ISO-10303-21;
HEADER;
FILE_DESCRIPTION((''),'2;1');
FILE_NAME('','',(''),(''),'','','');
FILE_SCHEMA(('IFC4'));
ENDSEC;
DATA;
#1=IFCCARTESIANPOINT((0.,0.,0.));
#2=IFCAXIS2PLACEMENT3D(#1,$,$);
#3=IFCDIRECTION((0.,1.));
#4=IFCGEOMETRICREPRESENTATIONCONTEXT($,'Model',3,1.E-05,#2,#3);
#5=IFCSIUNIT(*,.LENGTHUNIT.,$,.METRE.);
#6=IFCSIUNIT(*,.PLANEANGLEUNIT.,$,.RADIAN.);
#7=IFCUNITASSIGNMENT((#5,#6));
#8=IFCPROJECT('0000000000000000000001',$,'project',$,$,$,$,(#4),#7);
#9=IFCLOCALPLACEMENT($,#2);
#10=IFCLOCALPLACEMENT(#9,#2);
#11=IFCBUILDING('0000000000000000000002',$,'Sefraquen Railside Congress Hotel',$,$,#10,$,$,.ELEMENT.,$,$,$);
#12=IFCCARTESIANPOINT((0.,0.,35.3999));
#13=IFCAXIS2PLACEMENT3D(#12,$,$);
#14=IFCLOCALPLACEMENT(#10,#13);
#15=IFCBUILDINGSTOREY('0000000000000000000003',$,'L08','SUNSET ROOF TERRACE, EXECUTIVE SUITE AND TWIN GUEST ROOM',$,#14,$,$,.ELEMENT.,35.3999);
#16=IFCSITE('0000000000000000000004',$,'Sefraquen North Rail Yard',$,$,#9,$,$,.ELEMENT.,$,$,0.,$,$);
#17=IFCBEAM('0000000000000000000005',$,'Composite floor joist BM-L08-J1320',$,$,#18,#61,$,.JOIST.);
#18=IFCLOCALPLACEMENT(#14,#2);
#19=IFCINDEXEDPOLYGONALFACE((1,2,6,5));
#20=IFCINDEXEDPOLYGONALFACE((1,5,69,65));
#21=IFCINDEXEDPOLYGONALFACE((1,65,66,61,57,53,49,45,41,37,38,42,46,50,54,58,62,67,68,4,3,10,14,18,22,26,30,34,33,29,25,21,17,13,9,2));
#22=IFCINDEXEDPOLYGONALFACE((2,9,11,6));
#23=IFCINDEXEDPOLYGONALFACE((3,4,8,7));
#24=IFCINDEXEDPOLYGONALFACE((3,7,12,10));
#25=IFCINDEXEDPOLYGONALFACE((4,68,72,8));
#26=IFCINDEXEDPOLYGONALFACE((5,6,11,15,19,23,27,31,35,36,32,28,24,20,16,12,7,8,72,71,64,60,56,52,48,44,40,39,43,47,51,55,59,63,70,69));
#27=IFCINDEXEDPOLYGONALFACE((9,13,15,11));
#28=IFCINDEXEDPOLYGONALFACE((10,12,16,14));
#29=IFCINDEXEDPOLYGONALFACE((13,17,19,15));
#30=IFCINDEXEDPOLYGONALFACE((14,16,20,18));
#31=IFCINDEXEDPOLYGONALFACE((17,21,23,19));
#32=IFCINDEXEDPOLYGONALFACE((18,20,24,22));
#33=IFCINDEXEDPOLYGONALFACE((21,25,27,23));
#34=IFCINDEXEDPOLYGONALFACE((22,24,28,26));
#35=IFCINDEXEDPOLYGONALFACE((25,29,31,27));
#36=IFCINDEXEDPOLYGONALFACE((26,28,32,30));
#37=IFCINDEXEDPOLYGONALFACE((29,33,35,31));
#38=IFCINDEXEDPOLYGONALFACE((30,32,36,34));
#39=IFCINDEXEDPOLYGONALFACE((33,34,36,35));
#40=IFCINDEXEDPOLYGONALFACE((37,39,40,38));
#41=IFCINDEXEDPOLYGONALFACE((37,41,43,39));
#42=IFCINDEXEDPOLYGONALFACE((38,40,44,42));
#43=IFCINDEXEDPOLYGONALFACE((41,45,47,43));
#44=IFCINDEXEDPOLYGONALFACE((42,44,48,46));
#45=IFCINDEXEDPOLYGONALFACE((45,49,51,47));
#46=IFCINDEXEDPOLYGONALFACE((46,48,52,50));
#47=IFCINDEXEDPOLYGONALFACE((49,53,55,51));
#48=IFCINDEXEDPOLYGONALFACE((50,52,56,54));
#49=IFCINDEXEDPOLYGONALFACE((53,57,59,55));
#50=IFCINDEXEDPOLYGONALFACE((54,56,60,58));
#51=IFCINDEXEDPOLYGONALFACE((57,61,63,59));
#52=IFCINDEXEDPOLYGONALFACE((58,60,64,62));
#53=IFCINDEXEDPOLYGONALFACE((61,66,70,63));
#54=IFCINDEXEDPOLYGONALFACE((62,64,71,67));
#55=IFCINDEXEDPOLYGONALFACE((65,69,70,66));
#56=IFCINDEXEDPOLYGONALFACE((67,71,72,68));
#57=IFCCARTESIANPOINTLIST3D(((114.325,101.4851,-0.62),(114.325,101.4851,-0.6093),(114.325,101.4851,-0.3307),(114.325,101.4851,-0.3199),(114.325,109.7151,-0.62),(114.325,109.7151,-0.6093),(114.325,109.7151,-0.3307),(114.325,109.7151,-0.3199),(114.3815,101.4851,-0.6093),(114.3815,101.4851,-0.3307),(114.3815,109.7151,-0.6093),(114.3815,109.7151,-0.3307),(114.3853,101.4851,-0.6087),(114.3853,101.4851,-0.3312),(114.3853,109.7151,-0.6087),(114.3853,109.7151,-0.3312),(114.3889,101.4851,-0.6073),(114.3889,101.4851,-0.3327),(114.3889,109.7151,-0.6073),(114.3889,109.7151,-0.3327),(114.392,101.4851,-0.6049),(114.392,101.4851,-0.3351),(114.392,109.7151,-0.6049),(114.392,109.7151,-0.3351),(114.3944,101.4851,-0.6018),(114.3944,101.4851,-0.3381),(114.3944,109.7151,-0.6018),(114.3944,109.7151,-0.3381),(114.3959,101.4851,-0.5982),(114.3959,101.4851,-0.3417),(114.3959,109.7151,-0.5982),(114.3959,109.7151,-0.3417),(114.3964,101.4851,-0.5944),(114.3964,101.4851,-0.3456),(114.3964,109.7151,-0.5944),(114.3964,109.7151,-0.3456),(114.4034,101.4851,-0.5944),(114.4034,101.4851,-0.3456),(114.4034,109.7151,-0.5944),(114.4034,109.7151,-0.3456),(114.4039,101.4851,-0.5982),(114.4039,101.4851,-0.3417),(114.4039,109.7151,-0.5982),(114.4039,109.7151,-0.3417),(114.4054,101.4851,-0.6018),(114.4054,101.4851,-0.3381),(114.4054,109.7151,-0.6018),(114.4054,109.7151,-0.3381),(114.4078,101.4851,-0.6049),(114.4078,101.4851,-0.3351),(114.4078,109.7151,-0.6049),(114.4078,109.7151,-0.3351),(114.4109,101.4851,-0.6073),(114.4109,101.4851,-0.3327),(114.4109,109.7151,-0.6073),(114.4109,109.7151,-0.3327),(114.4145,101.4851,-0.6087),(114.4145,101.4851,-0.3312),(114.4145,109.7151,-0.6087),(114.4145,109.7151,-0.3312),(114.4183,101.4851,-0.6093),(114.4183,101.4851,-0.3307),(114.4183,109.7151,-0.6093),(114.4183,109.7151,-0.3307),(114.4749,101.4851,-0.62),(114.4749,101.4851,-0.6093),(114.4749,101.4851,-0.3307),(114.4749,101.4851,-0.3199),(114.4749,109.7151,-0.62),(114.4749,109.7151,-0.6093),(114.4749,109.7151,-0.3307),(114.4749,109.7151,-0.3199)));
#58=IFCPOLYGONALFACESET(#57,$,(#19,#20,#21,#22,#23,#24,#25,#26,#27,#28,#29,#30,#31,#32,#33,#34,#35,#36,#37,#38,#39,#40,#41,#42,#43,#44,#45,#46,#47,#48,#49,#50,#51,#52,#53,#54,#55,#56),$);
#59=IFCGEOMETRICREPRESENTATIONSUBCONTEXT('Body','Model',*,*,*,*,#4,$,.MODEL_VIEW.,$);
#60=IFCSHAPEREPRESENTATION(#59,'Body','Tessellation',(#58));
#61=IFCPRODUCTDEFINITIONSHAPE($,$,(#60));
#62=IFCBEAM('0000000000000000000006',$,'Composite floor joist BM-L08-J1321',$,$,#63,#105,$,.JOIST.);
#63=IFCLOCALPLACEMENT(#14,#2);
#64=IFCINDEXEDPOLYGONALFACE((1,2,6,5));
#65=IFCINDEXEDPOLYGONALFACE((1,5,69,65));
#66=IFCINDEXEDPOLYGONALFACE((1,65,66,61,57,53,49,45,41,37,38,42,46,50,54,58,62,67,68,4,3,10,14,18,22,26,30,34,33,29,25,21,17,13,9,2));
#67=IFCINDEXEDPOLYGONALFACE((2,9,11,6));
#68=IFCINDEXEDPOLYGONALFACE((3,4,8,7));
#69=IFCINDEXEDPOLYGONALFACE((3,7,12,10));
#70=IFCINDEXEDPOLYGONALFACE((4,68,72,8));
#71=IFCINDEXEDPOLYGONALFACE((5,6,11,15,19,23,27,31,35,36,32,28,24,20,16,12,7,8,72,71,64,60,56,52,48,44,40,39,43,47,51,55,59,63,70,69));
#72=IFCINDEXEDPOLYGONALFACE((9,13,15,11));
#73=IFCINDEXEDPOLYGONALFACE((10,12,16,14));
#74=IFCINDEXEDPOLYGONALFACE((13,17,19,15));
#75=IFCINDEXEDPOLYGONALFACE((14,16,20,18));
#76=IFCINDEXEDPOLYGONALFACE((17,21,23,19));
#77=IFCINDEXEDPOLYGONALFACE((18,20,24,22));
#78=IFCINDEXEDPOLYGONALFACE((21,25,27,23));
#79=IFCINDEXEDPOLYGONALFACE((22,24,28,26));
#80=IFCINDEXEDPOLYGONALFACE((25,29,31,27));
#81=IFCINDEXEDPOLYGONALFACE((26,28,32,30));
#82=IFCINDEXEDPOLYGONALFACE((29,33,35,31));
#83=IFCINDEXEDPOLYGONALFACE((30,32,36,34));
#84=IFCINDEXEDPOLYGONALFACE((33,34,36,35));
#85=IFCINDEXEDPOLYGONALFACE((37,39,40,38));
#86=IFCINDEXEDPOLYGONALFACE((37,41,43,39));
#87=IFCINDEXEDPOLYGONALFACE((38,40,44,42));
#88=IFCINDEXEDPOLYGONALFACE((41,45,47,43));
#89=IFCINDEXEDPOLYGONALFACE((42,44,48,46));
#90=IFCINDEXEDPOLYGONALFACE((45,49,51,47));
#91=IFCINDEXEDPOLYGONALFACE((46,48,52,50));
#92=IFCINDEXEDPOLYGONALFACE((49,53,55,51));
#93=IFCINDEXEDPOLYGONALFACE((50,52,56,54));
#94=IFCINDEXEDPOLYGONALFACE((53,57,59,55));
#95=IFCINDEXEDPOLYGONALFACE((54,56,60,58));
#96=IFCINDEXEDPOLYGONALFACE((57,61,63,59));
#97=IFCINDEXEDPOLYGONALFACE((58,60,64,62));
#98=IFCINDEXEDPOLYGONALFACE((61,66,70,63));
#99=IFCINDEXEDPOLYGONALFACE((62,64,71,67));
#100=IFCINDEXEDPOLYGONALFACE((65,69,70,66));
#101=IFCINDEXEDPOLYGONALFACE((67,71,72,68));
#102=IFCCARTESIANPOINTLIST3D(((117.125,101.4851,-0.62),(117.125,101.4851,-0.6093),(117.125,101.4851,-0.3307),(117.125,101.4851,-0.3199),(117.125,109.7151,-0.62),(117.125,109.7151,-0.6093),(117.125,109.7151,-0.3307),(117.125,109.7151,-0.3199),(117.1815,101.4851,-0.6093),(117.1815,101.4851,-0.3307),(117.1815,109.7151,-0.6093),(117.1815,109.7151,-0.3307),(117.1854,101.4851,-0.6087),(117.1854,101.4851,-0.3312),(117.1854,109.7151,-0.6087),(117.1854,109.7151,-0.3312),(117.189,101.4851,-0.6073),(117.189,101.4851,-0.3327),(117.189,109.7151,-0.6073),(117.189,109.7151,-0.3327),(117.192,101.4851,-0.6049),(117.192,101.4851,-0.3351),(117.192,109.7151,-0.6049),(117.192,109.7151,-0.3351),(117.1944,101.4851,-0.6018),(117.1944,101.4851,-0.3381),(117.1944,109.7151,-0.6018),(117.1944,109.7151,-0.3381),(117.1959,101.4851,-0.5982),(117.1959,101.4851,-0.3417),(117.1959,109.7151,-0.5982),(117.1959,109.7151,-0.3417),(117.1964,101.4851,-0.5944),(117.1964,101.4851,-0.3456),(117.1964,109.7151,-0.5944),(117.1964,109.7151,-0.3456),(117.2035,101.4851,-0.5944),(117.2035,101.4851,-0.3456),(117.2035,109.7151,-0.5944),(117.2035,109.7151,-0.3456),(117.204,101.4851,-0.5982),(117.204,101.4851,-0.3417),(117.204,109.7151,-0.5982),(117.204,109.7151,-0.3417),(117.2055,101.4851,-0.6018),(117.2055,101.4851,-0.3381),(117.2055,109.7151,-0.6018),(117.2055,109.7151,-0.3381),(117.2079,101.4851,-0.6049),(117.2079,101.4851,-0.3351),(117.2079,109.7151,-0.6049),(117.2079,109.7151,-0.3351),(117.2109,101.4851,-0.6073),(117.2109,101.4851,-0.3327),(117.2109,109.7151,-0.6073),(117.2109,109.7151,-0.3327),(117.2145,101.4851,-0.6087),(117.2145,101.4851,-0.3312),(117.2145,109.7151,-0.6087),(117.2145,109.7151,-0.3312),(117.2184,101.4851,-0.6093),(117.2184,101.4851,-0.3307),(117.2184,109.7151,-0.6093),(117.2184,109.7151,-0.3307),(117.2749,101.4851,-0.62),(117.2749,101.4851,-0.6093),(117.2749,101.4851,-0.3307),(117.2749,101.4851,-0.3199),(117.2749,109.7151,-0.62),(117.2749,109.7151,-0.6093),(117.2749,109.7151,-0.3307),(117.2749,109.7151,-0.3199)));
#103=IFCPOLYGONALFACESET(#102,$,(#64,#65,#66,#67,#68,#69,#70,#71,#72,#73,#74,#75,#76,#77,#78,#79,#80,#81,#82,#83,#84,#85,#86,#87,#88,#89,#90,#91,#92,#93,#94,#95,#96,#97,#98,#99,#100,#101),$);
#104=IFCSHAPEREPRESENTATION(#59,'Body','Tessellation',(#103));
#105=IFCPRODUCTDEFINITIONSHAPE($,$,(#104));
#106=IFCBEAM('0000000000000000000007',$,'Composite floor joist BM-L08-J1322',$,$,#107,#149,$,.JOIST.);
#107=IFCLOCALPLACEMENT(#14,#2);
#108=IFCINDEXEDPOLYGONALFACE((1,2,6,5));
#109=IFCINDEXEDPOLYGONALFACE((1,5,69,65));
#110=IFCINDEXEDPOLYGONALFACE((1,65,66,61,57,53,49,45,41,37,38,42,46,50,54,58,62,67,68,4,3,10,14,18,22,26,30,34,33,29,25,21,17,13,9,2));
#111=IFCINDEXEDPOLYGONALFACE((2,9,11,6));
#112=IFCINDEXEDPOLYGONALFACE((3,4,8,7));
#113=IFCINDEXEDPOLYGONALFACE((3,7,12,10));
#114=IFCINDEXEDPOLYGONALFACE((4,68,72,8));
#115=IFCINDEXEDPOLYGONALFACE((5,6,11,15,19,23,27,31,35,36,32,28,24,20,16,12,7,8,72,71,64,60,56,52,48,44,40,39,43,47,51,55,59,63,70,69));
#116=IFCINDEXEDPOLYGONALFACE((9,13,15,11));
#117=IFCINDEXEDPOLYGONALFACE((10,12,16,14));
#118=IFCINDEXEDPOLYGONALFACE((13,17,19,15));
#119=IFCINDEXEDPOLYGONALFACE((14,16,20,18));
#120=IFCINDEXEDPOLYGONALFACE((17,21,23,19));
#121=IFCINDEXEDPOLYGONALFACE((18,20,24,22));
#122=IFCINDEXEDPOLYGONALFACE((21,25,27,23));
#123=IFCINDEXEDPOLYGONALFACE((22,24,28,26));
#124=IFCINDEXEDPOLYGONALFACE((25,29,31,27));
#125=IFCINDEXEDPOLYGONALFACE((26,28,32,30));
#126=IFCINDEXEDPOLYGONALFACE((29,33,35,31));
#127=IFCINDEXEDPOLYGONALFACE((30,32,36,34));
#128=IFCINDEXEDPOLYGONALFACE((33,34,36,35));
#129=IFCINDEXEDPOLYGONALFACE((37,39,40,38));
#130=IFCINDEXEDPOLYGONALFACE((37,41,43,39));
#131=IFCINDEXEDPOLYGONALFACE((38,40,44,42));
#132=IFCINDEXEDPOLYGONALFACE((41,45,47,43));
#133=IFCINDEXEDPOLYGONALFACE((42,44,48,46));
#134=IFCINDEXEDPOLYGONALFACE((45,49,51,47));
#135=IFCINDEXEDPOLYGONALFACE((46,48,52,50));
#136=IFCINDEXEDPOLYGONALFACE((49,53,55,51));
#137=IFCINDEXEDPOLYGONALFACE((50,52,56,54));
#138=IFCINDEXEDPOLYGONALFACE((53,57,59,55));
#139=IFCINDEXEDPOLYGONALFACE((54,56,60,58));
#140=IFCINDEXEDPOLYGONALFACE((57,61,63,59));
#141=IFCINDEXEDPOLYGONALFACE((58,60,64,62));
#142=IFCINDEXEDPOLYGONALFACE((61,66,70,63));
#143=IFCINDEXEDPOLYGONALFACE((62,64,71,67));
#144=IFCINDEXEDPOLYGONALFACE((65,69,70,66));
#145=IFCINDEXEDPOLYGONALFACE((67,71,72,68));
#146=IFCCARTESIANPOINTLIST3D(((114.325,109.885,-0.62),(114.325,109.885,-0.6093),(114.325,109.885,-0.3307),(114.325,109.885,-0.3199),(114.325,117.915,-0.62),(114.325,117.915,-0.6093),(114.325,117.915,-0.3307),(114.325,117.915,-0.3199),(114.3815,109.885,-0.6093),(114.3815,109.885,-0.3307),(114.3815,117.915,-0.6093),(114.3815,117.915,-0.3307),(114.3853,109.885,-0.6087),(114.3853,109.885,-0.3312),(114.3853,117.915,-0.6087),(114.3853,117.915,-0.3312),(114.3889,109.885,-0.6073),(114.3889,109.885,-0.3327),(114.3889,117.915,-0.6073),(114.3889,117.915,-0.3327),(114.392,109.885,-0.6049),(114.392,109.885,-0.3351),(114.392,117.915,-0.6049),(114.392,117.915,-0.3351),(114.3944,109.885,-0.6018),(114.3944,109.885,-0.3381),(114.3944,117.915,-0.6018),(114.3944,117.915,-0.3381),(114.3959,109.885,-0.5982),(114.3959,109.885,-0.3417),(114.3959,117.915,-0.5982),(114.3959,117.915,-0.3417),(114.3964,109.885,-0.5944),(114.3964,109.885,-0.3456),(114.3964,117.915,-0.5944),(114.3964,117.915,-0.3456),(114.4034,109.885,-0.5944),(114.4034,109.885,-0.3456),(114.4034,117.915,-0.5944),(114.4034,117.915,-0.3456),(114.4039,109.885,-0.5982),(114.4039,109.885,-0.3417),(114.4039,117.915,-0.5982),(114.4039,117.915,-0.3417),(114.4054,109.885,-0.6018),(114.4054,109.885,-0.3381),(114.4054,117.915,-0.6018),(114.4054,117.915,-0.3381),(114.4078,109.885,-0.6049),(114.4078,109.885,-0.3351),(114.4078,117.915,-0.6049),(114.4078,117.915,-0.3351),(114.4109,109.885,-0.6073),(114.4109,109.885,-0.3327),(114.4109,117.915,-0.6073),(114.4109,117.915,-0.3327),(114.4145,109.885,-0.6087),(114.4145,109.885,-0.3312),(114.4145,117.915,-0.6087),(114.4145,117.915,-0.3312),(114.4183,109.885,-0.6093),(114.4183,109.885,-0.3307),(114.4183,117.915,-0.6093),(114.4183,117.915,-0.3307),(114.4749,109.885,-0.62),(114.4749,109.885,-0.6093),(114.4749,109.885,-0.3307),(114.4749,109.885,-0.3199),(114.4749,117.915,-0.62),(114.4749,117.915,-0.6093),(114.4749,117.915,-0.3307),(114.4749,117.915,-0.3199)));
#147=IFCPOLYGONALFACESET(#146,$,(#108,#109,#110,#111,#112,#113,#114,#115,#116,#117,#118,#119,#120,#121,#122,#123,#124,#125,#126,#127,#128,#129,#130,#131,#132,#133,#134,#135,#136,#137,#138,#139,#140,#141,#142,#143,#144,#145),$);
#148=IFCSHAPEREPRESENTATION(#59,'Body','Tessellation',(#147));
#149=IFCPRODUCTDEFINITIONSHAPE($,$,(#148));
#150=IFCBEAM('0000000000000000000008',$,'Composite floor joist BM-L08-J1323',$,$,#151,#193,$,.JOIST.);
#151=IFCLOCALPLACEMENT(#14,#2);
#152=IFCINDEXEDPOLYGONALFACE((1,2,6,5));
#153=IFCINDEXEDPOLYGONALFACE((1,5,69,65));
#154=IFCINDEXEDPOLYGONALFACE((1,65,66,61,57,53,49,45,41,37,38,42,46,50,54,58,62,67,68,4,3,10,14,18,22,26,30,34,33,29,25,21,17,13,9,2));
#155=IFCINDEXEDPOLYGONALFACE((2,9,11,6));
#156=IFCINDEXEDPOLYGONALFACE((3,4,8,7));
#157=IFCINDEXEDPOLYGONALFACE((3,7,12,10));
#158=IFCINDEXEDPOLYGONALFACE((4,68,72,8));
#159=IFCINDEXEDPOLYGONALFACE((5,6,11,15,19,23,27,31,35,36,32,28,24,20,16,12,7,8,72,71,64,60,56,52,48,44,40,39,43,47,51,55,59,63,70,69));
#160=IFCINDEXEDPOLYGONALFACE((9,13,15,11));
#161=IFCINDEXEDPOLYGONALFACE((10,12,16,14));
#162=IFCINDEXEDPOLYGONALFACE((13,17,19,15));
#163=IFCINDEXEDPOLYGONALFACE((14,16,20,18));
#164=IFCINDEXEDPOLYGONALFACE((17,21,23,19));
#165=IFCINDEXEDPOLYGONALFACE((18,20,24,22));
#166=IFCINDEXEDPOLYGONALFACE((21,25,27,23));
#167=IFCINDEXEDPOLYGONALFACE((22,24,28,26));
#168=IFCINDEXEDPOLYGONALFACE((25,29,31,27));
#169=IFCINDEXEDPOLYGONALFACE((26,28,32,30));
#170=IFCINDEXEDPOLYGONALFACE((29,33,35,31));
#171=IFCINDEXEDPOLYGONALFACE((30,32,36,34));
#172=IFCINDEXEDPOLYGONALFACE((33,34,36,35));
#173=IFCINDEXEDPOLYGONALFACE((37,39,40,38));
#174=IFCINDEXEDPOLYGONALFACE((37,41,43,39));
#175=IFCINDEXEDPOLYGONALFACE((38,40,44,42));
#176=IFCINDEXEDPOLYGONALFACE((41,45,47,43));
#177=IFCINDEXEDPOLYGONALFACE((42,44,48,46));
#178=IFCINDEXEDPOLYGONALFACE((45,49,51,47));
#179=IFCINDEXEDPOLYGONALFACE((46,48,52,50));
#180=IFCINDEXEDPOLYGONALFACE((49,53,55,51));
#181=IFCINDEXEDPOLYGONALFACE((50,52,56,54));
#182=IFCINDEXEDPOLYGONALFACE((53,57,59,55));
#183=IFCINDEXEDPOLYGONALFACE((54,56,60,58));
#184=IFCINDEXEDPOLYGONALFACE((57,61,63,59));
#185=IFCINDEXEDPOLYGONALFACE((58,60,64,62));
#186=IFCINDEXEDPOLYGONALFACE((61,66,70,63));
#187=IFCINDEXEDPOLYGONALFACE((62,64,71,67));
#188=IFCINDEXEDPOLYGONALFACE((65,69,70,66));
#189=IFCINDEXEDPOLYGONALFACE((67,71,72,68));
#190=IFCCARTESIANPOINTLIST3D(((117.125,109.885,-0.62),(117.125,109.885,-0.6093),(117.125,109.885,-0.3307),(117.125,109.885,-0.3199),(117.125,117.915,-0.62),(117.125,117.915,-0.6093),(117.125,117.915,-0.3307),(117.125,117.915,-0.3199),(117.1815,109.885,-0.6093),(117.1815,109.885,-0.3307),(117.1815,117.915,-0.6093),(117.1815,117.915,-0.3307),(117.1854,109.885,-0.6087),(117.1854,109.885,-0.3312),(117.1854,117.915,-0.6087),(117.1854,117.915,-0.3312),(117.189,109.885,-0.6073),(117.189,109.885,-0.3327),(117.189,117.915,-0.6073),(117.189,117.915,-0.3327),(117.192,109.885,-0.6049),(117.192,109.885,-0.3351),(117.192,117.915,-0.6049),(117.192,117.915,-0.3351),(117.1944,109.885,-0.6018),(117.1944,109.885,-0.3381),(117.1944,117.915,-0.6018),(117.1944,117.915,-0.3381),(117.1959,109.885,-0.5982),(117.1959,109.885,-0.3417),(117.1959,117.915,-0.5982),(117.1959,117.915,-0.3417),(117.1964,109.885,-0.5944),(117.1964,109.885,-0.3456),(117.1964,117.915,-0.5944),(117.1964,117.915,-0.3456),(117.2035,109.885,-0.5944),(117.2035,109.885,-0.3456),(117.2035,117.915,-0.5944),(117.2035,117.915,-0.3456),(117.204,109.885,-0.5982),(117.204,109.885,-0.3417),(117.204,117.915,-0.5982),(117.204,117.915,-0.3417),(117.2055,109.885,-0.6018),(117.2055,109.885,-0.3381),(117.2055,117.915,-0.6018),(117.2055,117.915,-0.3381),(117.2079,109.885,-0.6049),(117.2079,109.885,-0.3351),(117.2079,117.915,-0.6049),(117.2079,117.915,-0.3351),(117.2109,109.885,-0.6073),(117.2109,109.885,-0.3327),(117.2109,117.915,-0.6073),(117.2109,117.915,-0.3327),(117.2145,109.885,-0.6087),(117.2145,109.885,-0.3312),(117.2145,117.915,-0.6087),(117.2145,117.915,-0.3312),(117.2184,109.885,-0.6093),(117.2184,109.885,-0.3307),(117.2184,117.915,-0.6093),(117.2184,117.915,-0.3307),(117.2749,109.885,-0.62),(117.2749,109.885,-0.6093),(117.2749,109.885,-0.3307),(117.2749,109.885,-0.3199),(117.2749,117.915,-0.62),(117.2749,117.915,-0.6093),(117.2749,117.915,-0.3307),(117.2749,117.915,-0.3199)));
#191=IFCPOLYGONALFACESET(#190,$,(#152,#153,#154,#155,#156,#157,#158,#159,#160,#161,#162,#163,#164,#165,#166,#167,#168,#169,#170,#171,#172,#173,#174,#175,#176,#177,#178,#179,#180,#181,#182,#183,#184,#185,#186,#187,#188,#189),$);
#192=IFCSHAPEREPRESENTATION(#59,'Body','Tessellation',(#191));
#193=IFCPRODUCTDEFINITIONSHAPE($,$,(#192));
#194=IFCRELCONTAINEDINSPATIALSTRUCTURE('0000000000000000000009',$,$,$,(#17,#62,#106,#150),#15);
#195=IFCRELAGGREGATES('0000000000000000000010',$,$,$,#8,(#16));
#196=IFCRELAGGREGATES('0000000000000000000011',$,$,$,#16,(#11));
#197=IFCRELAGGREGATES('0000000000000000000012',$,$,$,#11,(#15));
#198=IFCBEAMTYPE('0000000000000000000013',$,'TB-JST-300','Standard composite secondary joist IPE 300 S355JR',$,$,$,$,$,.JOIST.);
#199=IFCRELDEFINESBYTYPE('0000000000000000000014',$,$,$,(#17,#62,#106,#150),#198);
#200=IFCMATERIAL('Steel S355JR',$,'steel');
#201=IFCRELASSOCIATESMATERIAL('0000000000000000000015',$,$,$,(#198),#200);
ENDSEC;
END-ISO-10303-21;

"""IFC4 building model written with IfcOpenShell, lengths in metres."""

from ifc_helpers import new_model, si_unit, direction, frame, origin, origin_2d, place, context, subcontext, project, spatial, i_section, extrude, material, material_profile, profile_set, type_object, element, save


model = new_model("IFC4")

# Units and contexts
model_context = context("Model", 3, precision=1e-05, world=origin(), true_north=direction((0.0, 1.0)))
body_context = subcontext(model_context, "Body", "Model", "MODEL_VIEW")
ifc_project = project(units=[si_unit("LENGTHUNIT", "METRE"), si_unit("PLANEANGLEUNIT", "RADIAN")], contexts=[model_context])

# Site, building, storey
site_placement = place(None, origin())
site = spatial("IfcSite", under=ifc_project, at=site_placement, Name="Sefraquen North Rail Yard", CompositionType="ELEMENT", RefElevation=0.0)
building_placement = place(site_placement, origin())
building = spatial("IfcBuilding", under=site, at=building_placement, Name="Sefraquen Railside Congress Hotel", CompositionType="ELEMENT")
storey_placement = place(building_placement, frame((0.0, 0.0, 35.3999)))
storey = spatial("IfcBuildingStorey", under=building, at=storey_placement, Name="L08", Description="SUNSET ROOF TERRACE, EXECUTIVE SUITE AND TWIN GUEST ROOM", CompositionType="ELEMENT", Elevation=35.3999)

# Beams
ifc_material_1 = material(Name="Steel S355JR", Category="steel")
ifc_material_profile_1 = material_profile(ifc_material_1, i_section(OverallWidth=0.1499, OverallDepth=0.3, WebThickness=0.0071, FlangeThickness=0.0107, FilletRadius=0.0149, at=origin_2d()), Name="IPE 300")
ifc_profile_set_1 = profile_set([ifc_material_profile_1], Name="Steel S355JR")
beam_type_1 = type_object("IfcBeamType", Name="TB-JST-300", Description="Standard composite secondary joist IPE 300 S355JR", PredefinedType="JOIST", material=ifc_profile_set_1)
for number, where, z_axis, x_axis, name in (
    (1, (114.3999, 101.4851, -0.47), (0.0, 1.0, 0.0), (-1.0, 0.0, 0.0), "Composite floor joist BM-L08-J1320"),
    (2, (117.2, 101.4851, -0.47), (0.0, 1.0, 0.0), (-1.0, 0.0, 0.0), "Composite floor joist BM-L08-J1321"),
):
    element("IfcBeam", number, at=place(storey_placement, frame(where, z_axis=z_axis, x_axis=x_axis)), inside=storey, type_object=beam_type_1, Name=name, PredefinedType="JOIST", context=body_context, shape_type="SweptSolid", body=[
        extrude(i_section(OverallWidth=0.1499, OverallDepth=0.3, WebThickness=0.0071, FlangeThickness=0.0107, FilletRadius=0.0149, at=origin_2d()), origin(), (0.0, 0.0, 1.0), 8.23),
    ])
for number, where, z_axis, x_axis, name in (
    (3, (114.3999, 109.885, -0.47), (0.0, 1.0, 0.0), (-1.0, 0.0, 0.0), "Composite floor joist BM-L08-J1322"),
    (4, (117.2, 109.885, -0.47), (0.0, 1.0, 0.0), (-1.0, 0.0, 0.0), "Composite floor joist BM-L08-J1323"),
):
    element("IfcBeam", number, at=place(storey_placement, frame(where, z_axis=z_axis, x_axis=x_axis)), inside=storey, type_object=beam_type_1, Name=name, PredefinedType="JOIST", context=body_context, shape_type="SweptSolid", body=[
        extrude(i_section(OverallWidth=0.1499, OverallDepth=0.3, WebThickness=0.0071, FlangeThickness=0.0107, FilletRadius=0.0149, at=origin_2d()), origin(), (0.0, 0.0, 1.0), 8.03),
    ])

save(model, "model.ifc")
